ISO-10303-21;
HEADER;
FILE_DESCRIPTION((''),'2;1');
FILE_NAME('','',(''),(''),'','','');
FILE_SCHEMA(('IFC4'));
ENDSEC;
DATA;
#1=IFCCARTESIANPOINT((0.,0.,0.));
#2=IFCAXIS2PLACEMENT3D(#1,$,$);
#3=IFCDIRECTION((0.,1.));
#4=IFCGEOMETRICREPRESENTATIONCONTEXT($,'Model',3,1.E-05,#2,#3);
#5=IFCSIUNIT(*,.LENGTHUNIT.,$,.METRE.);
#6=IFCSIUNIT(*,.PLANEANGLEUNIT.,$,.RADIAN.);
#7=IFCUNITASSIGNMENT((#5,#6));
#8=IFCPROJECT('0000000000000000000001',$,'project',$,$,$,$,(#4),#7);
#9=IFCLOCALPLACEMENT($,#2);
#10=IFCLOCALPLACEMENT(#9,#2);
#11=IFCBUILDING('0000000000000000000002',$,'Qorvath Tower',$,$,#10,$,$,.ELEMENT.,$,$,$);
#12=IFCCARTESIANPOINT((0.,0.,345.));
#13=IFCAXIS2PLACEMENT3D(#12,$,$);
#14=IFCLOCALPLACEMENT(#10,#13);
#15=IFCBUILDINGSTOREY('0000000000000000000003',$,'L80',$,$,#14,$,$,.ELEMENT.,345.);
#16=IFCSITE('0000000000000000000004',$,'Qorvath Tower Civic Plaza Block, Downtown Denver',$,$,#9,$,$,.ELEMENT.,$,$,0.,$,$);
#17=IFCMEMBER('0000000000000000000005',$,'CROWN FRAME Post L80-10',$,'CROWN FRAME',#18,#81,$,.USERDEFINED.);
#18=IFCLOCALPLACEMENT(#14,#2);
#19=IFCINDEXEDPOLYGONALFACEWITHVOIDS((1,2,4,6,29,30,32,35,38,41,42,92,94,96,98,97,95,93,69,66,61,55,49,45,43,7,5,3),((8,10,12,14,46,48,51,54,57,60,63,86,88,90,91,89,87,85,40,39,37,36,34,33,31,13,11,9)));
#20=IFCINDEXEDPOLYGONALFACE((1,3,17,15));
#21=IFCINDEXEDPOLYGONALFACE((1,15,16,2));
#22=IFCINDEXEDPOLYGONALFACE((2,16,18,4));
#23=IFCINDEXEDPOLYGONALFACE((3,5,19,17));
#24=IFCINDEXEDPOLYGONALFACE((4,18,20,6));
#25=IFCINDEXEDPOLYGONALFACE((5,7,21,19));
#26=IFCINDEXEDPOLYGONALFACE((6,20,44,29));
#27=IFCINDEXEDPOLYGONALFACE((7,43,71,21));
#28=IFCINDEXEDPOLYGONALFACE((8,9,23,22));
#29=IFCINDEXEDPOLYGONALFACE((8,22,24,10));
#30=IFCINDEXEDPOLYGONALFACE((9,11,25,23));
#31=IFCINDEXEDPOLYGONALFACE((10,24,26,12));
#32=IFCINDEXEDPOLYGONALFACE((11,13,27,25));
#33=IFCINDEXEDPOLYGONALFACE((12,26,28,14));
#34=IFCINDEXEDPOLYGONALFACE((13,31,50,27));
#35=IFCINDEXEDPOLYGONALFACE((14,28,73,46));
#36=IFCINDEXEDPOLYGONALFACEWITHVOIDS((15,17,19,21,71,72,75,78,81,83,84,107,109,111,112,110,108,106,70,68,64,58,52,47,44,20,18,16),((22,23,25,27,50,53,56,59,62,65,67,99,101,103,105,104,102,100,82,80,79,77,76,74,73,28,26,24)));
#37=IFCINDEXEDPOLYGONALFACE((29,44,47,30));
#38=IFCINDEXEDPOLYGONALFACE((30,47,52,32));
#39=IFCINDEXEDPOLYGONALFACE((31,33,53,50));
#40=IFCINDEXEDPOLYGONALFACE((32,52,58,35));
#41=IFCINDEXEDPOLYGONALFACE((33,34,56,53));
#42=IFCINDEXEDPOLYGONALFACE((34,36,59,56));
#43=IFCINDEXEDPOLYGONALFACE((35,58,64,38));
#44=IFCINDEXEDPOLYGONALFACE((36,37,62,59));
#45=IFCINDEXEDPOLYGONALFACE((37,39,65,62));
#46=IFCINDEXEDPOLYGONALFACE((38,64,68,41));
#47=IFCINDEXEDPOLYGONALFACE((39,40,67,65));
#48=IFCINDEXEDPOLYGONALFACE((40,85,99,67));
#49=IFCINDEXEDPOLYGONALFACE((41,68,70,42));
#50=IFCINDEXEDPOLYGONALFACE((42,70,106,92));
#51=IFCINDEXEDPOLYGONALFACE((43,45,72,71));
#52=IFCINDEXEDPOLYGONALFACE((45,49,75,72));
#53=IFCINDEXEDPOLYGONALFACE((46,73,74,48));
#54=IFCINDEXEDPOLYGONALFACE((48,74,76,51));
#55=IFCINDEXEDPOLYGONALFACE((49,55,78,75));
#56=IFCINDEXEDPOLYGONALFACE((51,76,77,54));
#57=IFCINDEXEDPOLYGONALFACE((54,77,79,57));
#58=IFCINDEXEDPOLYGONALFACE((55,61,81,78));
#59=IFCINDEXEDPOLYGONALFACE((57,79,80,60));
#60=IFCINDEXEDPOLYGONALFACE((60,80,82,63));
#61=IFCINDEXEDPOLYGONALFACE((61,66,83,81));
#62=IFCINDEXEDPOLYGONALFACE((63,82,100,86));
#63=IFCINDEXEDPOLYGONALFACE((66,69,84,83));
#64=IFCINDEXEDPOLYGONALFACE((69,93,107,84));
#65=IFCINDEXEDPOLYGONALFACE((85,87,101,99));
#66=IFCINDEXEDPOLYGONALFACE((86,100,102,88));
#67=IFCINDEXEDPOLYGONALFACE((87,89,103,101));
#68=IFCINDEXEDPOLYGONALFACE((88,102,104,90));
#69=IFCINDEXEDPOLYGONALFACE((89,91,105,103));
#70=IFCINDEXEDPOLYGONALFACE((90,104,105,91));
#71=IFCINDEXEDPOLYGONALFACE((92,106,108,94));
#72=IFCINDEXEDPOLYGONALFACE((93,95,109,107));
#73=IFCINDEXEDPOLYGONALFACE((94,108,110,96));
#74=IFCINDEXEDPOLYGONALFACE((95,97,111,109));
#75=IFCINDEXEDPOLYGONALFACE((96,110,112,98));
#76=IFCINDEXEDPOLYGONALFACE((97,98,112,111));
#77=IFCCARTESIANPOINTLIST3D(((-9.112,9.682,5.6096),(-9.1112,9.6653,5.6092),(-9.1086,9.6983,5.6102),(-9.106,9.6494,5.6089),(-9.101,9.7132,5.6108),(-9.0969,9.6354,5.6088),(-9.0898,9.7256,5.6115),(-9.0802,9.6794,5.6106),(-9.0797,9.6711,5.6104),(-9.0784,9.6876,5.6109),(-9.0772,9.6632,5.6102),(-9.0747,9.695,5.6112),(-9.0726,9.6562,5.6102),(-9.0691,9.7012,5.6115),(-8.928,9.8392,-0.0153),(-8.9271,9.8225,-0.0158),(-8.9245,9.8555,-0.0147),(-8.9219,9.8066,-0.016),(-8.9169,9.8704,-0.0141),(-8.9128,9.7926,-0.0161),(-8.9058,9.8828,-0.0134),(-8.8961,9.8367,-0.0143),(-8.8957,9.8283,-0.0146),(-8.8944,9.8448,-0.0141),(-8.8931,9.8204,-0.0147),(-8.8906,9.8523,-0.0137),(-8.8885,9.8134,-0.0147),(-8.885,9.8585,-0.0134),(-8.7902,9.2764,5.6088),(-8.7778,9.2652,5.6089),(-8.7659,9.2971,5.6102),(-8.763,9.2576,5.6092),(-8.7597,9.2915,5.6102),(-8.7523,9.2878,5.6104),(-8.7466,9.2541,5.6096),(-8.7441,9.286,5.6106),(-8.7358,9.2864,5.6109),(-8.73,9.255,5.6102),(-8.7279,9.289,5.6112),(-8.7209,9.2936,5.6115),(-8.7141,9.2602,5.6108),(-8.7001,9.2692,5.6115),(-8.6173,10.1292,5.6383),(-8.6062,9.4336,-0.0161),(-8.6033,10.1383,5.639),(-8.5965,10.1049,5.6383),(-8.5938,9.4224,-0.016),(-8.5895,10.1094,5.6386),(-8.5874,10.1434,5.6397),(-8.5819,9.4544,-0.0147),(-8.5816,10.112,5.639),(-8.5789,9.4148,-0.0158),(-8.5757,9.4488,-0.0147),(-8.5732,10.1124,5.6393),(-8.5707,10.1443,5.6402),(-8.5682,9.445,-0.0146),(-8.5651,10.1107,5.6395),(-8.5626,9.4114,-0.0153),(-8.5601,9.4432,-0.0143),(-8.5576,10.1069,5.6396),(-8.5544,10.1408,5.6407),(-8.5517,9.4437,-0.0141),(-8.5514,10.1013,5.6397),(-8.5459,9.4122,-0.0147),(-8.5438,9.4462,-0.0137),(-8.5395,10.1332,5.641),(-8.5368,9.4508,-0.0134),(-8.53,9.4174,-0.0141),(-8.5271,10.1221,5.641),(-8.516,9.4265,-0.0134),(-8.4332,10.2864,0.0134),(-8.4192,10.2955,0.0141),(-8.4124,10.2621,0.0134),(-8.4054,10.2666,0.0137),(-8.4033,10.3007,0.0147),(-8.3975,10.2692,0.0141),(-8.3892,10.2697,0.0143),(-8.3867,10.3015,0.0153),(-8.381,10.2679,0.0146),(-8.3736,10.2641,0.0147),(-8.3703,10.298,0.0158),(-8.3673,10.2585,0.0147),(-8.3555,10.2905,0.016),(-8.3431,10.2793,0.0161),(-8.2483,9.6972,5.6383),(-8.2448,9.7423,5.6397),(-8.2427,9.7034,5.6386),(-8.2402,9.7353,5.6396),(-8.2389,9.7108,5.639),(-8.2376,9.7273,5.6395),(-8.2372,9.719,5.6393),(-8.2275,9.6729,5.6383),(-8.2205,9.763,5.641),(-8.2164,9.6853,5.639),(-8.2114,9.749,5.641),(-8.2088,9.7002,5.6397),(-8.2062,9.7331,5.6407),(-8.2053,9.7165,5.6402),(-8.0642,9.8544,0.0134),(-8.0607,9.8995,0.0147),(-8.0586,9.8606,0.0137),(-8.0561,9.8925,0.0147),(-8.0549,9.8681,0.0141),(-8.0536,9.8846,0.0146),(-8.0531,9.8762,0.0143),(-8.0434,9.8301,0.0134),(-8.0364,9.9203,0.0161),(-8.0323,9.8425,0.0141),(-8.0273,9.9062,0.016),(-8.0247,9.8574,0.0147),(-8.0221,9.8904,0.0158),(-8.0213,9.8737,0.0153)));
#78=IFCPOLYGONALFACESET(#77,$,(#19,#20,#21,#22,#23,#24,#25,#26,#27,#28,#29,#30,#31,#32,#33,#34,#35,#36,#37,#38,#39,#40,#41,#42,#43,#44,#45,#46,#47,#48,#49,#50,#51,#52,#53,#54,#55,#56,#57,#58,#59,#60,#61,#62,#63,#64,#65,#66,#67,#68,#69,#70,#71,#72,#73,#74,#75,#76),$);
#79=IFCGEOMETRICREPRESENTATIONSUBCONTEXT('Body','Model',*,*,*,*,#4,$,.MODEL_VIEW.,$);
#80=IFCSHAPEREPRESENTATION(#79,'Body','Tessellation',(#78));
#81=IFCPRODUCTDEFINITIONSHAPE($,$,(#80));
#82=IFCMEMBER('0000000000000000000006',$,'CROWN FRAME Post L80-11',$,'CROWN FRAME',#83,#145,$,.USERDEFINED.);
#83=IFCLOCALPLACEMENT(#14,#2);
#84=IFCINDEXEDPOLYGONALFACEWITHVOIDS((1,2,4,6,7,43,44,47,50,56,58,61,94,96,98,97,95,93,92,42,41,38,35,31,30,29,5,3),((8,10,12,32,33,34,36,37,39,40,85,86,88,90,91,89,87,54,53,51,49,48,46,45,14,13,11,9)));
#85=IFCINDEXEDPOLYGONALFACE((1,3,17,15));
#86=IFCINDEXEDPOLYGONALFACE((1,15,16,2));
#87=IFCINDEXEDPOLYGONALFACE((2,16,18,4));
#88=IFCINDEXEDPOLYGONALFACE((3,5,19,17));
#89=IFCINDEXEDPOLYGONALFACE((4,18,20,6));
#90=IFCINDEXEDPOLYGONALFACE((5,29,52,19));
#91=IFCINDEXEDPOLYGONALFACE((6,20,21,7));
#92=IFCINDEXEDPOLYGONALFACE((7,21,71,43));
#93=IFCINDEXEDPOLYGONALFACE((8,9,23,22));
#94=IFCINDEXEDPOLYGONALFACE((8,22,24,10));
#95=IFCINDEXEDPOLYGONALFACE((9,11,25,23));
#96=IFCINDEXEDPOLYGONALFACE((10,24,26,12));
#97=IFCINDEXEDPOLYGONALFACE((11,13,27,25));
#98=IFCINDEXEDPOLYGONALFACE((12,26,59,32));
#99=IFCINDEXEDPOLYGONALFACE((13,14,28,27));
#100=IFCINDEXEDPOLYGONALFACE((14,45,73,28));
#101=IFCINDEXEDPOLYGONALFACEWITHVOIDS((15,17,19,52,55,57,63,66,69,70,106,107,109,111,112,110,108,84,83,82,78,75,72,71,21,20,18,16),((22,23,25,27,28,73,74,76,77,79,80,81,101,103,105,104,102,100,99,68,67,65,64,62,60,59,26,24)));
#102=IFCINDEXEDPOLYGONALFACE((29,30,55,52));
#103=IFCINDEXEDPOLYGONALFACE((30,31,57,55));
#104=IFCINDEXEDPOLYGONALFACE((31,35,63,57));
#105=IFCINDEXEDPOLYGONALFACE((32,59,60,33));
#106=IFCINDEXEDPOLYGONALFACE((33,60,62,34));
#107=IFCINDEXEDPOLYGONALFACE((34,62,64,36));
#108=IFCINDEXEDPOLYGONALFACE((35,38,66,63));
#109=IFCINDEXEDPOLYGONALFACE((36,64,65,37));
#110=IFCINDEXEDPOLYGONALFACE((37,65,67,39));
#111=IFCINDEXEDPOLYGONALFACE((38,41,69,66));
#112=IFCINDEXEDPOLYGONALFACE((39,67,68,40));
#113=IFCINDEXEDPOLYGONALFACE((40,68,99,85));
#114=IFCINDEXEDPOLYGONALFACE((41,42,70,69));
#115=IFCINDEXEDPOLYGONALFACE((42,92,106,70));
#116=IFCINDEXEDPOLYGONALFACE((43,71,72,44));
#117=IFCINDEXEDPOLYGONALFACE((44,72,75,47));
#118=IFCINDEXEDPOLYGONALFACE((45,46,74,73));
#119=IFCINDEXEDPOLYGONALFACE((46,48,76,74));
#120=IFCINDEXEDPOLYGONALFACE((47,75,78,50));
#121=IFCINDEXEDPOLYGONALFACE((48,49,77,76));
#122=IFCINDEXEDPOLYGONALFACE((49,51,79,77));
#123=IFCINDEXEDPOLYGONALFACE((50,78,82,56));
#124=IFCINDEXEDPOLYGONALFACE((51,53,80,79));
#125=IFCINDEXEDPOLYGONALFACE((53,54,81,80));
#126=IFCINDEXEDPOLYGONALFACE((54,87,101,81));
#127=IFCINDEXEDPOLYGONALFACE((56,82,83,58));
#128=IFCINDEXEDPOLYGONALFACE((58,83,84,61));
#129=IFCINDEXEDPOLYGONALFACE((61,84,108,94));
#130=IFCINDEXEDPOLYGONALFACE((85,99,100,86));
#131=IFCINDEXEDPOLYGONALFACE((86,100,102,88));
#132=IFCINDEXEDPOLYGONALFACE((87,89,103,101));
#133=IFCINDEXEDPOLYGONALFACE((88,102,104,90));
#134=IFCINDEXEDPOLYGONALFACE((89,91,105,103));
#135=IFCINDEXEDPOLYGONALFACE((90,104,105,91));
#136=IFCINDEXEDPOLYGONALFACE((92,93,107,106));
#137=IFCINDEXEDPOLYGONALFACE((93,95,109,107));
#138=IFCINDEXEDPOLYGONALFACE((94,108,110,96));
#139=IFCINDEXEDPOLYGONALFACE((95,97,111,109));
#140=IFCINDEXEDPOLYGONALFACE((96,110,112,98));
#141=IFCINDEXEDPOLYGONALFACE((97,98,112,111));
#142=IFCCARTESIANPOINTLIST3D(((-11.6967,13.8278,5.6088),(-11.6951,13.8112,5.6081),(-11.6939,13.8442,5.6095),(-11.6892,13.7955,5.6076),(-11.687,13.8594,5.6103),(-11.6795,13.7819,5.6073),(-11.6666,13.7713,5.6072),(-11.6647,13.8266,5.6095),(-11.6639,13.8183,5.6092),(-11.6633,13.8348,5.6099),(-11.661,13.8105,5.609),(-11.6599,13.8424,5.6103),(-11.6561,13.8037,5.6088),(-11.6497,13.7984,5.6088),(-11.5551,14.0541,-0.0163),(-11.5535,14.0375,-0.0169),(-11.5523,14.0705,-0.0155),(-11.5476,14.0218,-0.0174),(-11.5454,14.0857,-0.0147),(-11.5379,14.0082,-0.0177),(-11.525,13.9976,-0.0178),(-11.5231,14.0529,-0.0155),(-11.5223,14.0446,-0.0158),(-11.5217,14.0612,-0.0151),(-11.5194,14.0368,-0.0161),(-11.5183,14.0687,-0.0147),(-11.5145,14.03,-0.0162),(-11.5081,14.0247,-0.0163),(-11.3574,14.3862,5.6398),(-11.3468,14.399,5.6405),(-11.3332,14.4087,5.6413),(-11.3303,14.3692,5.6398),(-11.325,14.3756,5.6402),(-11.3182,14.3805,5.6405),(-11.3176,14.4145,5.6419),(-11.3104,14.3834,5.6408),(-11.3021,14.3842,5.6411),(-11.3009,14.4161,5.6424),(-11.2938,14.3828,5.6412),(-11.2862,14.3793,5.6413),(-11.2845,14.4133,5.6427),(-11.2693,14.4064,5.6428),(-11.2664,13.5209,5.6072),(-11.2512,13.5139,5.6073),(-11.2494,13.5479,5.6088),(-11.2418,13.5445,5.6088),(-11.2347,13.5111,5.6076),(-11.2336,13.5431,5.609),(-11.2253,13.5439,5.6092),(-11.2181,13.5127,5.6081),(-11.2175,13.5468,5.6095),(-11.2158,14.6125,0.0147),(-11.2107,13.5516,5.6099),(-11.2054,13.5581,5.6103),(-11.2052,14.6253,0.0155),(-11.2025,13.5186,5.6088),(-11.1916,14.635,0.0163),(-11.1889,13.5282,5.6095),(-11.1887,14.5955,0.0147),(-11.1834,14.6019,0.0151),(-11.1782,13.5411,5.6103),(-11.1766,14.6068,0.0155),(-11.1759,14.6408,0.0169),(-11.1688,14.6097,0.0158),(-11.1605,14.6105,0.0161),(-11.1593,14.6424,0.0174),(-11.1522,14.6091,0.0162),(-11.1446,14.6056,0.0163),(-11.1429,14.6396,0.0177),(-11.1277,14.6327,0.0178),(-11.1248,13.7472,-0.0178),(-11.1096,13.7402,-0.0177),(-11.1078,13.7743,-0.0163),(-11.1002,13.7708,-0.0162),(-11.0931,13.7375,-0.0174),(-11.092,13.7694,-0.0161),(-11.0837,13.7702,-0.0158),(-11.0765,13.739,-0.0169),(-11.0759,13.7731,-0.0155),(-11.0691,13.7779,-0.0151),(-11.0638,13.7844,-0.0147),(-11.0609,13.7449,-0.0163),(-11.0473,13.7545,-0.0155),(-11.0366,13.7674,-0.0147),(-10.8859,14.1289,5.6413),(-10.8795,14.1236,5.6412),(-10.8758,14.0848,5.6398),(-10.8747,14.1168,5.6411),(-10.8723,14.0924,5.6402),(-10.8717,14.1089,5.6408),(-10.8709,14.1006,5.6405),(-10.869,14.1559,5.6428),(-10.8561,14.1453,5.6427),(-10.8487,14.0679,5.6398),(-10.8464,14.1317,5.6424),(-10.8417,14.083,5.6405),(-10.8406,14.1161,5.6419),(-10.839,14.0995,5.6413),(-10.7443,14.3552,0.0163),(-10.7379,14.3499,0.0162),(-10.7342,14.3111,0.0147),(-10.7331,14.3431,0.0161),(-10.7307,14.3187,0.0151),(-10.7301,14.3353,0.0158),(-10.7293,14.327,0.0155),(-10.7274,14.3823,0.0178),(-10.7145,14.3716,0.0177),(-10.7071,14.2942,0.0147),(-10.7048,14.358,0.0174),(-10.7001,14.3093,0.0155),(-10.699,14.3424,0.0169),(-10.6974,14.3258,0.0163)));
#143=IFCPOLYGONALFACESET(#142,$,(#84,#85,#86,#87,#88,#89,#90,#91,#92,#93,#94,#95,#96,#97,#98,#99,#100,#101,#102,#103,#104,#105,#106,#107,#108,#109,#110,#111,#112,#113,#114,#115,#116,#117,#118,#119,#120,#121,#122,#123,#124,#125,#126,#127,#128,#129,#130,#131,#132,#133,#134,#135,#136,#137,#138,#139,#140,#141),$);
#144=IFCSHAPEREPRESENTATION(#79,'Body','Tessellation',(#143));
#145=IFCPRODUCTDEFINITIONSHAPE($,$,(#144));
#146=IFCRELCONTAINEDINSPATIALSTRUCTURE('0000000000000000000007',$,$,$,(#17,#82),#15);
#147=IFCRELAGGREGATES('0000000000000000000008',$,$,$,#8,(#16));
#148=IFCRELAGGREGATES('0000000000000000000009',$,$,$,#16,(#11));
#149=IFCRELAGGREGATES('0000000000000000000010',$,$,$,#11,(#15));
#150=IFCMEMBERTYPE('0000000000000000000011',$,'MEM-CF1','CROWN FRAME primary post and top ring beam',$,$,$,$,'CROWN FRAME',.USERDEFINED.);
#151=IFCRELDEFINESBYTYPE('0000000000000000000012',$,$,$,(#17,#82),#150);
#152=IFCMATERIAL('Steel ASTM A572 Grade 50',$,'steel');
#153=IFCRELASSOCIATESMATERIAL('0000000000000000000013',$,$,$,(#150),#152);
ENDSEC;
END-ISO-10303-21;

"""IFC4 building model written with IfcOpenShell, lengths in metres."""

from ifc_helpers import new_model, si_unit, direction, frame, origin, origin_2d, place, context, subcontext, project, spatial, hollow_rectangle, extrude, material, material_profile, profile_set, type_object, element, save


model = new_model("IFC4")

# Units and contexts
model_context = context("Model", 3, precision=1e-05, world=origin(), true_north=direction((0.0, 1.0)))
body_context = subcontext(model_context, "Body", "Model", "MODEL_VIEW")
ifc_project = project(units=[si_unit("LENGTHUNIT", "METRE"), si_unit("PLANEANGLEUNIT", "RADIAN")], contexts=[model_context])

# Site, building, storey
site_placement = place(None, origin())
site = spatial("IfcSite", under=ifc_project, at=site_placement, Name="Qorvath Tower Civic Plaza Block, Downtown Denver", CompositionType="ELEMENT", RefElevation=0.0)
building_placement = place(site_placement, origin())
building = spatial("IfcBuilding", under=site, at=building_placement, Name="Qorvath Tower", CompositionType="ELEMENT")
storey_placement = place(building_placement, frame((0.0, 0.0, 345.0)))
storey = spatial("IfcBuildingStorey", under=building, at=storey_placement, Name="L80", CompositionType="ELEMENT", Elevation=345.0)

# Members
ifc_material_1 = material(Name="Steel ASTM A572 Grade 50", Category="steel")
ifc_material_profile_1 = material_profile(ifc_material_1, hollow_rectangle(XDim=0.6001, YDim=0.75, WallThickness=0.032, InnerFilletRadius=0.032, OuterFilletRadius=0.064, at=origin_2d()), Name="CROWN BOX 750x600x32")
ifc_profile_set_1 = profile_set([ifc_material_profile_1], Name="Steel ASTM A572 Grade 50")
member_type_1 = type_object("IfcMemberType", Name="MEM-CF1", Description="CROWN FRAME primary post and top ring beam", ElementType="CROWN FRAME", PredefinedType="USERDEFINED", material=ifc_profile_set_1)
member_1_placement = place(storey_placement, frame((-8.4746, 9.8564, 0.0), z_axis=(-0.032695, -0.027926, 0.999075), x_axis=(0.649462, -0.760394, 0.0)))
element("IfcMember", 1, at=member_1_placement, inside=storey, type_object=member_type_1, Name="CROWN FRAME Post L80-10", ObjectType="CROWN FRAME", PredefinedType="USERDEFINED", context=body_context, shape_type="SweptSolid", body=[
    extrude(hollow_rectangle(XDim=0.6001, YDim=0.75, WallThickness=0.032, InnerFilletRadius=0.032, OuterFilletRadius=0.064, at=origin_2d()), origin(), (0.0, 0.0, 1.0), 5.6301),
])
member_2_placement = place(storey_placement, frame((-11.1262, 14.1899, 0.0), z_axis=(-0.025145, -0.040189, 0.998876), x_axis=(0.847741, -0.53041, 0.0)))
element("IfcMember", 2, at=member_2_placement, inside=storey, type_object=member_type_1, Name="CROWN FRAME Post L80-11", ObjectType="CROWN FRAME", PredefinedType="USERDEFINED", context=body_context, shape_type="SweptSolid", body=[
    extrude(hollow_rectangle(XDim=0.6001, YDim=0.75, WallThickness=0.032, InnerFilletRadius=0.032, OuterFilletRadius=0.064, at=origin_2d()), origin(), (0.0, 0.0, 1.0), 5.6313),
])

save(model, "model.ifc")
